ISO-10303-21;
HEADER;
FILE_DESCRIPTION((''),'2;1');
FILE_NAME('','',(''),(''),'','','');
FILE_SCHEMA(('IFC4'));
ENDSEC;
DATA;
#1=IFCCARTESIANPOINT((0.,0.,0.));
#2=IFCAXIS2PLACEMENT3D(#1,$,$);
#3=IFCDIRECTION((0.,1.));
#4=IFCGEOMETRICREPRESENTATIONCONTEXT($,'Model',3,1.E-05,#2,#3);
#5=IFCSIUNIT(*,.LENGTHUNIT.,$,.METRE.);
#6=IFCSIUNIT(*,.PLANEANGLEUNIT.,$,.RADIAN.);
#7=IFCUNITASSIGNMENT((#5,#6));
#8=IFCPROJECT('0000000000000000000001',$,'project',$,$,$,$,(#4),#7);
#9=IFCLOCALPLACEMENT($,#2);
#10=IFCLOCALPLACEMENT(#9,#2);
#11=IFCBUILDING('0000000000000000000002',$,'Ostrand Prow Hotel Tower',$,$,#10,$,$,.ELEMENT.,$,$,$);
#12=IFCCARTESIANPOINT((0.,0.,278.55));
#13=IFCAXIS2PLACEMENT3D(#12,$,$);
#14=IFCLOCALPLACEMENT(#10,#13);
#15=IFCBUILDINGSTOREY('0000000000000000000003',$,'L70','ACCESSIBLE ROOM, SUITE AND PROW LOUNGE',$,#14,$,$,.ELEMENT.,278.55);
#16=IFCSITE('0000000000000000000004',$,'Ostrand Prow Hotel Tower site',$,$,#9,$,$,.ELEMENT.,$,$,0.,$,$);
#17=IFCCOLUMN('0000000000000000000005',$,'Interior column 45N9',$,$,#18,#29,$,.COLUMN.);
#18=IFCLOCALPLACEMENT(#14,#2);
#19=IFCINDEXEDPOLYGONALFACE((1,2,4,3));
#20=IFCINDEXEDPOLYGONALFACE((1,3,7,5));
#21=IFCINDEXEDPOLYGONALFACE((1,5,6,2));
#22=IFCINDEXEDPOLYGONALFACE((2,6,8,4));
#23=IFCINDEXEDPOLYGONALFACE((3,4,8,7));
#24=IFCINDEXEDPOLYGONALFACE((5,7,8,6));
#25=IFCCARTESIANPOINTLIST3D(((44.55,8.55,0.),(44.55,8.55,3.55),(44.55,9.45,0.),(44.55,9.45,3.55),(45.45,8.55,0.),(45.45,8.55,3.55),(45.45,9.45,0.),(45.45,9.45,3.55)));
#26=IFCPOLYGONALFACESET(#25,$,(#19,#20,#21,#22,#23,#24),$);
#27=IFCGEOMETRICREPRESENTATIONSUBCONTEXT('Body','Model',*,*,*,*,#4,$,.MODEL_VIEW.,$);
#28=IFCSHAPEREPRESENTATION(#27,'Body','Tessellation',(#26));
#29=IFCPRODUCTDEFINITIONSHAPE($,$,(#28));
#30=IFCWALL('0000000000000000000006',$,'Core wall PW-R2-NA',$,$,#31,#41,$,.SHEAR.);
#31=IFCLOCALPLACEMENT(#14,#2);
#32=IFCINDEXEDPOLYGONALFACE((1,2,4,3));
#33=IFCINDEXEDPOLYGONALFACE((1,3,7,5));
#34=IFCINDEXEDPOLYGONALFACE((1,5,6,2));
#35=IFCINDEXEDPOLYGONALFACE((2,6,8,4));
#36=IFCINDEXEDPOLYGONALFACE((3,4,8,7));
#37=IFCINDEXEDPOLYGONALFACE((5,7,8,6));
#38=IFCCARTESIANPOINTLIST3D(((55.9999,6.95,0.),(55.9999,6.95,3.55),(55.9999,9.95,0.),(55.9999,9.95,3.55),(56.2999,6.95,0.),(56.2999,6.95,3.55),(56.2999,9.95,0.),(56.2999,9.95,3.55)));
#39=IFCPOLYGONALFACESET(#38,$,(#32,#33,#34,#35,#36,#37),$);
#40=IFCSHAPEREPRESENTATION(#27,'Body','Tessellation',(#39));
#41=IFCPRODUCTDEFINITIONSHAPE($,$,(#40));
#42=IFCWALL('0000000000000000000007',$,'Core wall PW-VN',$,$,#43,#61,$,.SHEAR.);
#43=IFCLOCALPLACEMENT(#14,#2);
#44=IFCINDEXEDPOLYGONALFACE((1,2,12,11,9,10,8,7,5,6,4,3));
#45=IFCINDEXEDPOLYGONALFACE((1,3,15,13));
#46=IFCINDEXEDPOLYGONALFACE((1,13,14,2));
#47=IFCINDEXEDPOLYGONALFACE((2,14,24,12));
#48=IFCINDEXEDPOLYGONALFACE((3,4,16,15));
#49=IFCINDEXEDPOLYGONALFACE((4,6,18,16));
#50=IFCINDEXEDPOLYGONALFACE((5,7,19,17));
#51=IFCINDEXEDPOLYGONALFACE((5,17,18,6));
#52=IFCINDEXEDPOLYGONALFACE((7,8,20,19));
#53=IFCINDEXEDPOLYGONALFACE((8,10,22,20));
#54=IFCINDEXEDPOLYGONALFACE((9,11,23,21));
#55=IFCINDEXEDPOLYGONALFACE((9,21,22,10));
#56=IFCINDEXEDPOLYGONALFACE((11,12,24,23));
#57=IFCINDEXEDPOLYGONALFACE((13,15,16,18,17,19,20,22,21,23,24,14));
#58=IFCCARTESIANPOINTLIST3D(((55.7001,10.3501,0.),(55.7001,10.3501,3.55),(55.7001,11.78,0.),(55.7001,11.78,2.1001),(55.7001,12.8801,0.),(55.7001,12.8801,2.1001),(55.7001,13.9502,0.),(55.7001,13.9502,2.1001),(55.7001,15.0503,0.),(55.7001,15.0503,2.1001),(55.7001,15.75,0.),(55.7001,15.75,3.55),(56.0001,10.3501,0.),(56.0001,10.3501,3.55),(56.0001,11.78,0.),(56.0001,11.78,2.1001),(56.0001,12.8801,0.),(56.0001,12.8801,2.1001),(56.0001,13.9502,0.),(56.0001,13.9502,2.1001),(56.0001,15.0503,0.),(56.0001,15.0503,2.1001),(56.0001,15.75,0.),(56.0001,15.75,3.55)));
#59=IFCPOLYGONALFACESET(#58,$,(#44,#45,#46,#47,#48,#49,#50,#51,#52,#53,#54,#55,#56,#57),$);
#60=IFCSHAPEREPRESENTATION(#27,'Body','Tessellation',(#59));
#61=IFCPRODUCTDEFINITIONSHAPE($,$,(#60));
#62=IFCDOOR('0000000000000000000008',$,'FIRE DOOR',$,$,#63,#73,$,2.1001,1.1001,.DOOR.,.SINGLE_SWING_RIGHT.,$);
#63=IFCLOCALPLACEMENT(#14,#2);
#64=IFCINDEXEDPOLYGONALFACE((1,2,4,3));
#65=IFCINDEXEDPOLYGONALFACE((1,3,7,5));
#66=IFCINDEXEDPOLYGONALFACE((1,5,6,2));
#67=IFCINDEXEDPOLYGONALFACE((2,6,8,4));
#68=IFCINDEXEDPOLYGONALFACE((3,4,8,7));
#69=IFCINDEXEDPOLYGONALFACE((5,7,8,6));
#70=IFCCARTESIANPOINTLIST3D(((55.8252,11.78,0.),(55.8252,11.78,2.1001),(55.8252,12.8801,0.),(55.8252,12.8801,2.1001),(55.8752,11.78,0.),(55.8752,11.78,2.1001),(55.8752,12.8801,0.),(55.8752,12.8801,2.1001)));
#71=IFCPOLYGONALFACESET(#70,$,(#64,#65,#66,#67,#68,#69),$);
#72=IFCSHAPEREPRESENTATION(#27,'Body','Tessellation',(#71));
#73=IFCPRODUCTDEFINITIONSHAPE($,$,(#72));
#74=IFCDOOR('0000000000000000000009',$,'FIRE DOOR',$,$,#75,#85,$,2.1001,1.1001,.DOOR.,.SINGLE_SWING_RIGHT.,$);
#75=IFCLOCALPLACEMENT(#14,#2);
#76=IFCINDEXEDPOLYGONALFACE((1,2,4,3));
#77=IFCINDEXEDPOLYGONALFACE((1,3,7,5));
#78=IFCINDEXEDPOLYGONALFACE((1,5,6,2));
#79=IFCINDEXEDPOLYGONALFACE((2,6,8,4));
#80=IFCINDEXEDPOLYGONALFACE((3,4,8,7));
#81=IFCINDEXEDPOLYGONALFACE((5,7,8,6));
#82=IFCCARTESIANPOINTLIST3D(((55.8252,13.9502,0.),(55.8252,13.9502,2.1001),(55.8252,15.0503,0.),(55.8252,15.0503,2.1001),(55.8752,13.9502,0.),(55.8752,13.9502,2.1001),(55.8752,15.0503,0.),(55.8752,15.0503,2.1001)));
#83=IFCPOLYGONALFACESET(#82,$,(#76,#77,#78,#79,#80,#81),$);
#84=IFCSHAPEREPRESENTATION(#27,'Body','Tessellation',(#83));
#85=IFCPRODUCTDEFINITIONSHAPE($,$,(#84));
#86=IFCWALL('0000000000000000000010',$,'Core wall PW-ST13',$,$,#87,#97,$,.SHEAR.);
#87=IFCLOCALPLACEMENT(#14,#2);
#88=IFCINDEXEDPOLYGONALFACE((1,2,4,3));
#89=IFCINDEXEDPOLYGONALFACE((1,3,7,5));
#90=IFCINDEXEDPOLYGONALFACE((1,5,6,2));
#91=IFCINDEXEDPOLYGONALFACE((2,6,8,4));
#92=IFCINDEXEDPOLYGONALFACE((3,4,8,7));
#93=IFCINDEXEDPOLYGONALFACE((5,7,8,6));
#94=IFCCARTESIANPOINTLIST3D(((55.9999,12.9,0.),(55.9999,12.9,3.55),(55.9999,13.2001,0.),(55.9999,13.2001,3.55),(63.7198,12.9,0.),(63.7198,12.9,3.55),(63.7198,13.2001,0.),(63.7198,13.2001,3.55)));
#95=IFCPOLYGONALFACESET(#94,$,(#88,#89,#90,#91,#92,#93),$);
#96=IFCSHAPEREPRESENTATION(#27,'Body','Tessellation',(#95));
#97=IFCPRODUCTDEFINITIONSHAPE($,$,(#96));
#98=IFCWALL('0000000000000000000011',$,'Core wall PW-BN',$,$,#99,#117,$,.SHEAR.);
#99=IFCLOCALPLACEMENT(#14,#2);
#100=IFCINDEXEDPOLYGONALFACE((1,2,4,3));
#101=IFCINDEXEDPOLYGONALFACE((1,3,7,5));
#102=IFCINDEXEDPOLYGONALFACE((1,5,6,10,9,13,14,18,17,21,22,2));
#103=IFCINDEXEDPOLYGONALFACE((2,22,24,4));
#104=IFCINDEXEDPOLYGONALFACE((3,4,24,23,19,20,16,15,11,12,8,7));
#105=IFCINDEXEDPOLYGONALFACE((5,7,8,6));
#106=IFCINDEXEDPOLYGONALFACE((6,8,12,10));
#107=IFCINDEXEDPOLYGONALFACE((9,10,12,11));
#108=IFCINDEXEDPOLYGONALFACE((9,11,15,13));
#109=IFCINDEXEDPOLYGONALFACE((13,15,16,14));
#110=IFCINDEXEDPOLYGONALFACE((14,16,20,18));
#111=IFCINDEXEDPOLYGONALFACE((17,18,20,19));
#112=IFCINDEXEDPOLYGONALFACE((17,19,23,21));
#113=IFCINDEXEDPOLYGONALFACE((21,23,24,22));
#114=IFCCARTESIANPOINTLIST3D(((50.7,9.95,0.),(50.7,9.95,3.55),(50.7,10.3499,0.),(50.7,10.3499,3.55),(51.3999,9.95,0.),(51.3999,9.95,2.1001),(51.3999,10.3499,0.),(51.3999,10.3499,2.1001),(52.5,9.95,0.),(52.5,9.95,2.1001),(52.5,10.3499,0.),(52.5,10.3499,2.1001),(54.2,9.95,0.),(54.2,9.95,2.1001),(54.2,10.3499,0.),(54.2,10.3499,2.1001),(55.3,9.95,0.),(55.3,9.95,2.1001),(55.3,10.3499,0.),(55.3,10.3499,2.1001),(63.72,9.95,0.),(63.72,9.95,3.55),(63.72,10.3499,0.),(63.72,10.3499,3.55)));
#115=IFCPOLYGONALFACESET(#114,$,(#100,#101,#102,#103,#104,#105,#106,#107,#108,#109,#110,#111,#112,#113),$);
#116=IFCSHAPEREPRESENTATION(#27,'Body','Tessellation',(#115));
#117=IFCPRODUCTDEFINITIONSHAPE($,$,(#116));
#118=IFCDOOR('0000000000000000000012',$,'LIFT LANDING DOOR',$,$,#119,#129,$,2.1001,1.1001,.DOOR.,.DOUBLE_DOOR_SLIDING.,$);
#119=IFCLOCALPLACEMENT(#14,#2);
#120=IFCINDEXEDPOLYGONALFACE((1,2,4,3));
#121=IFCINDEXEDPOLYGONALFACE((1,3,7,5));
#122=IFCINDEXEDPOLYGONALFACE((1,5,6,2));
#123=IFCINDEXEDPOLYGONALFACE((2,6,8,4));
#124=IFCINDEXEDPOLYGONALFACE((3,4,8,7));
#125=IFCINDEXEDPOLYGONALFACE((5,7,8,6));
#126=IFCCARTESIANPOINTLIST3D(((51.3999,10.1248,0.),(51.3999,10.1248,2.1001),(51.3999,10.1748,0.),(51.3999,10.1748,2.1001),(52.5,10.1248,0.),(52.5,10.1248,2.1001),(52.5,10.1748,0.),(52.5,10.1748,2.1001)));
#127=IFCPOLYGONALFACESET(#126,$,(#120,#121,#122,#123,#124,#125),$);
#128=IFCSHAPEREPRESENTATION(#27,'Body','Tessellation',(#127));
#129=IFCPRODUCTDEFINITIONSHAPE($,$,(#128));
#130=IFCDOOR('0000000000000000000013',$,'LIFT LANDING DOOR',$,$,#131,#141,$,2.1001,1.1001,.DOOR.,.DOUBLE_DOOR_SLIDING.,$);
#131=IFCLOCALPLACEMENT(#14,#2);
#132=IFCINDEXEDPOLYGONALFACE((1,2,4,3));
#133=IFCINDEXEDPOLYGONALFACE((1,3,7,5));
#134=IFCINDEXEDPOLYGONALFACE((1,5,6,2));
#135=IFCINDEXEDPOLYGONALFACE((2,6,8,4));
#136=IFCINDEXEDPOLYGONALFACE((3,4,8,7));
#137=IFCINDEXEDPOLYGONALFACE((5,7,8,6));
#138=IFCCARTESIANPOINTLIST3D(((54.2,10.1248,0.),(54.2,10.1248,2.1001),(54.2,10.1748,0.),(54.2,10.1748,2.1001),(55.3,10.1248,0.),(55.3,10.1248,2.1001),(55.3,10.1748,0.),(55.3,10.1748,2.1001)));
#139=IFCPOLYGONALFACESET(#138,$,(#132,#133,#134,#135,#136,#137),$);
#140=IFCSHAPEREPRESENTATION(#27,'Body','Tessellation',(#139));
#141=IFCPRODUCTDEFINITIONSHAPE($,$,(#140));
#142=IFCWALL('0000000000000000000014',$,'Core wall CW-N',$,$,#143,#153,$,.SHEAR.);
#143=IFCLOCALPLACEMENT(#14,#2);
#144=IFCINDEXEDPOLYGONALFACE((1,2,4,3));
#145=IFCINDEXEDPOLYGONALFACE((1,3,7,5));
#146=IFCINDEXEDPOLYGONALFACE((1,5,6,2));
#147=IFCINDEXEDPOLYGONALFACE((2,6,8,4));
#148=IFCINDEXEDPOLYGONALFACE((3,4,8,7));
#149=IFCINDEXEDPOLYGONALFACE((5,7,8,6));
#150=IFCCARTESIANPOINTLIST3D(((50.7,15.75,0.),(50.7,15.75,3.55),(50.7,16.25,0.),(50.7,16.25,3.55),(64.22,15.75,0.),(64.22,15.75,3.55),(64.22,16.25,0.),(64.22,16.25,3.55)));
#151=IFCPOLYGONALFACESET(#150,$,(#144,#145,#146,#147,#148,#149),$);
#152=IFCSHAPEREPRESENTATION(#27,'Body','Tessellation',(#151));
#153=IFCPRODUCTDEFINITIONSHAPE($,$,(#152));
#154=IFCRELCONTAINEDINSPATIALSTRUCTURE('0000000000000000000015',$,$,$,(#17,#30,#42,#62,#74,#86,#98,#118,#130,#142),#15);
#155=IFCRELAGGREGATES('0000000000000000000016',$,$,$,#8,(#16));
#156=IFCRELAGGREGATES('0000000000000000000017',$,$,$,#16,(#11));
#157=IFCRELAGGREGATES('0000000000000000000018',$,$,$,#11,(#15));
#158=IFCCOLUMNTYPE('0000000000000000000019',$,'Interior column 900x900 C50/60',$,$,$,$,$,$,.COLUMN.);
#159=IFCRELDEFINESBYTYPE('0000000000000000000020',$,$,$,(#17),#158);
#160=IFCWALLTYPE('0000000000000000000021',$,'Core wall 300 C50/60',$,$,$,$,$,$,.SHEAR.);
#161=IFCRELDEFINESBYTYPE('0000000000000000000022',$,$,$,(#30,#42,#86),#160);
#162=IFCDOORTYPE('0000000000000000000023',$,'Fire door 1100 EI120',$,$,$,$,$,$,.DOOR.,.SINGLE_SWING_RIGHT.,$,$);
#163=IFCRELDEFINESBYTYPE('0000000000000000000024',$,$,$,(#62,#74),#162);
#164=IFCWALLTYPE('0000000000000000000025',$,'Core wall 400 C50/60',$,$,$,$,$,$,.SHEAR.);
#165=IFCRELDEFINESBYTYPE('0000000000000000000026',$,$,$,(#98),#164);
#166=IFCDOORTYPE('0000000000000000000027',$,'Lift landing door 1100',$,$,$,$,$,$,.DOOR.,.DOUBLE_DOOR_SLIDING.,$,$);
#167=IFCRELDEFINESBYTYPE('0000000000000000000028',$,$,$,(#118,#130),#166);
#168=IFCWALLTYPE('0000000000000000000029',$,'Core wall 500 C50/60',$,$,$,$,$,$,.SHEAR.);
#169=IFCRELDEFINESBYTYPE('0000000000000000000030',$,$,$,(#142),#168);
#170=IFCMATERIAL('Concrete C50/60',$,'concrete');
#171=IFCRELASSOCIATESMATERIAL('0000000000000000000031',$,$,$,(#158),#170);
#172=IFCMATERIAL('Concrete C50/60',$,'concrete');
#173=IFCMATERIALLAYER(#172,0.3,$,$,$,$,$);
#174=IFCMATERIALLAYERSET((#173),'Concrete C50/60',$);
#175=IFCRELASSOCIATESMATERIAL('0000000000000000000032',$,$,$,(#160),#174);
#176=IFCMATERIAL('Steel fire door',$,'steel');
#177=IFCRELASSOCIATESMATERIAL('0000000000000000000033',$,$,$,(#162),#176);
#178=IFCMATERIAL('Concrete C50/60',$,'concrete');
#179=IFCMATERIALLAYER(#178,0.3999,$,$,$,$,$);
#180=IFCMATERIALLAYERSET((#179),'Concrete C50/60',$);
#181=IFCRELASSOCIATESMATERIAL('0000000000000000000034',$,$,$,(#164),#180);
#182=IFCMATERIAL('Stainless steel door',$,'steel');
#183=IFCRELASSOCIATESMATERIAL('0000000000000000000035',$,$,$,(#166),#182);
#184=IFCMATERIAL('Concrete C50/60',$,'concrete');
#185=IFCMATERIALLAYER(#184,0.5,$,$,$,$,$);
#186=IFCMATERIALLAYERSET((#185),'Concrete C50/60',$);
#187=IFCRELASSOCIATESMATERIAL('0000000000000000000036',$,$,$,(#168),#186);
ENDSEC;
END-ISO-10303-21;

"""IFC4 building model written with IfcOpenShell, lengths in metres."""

from ifc_helpers import new_model, si_unit, direction, frame, frame_2d, origin, origin_2d, place, context, subcontext, project, spatial, rectangle, extrude, material, layer, layer_set, material_profile, profile_set, type_object, element, fill, save


model = new_model("IFC4")

# Units and contexts
model_context = context("Model", 3, precision=1e-05, world=origin(), true_north=direction((0.0, 1.0)))
body_context = subcontext(model_context, "Body", "Model", "MODEL_VIEW")
ifc_project = project(units=[si_unit("LENGTHUNIT", "METRE"), si_unit("PLANEANGLEUNIT", "RADIAN")], contexts=[model_context])

# Site, building, storey
site_placement = place(None, origin())
site = spatial("IfcSite", under=ifc_project, at=site_placement, Name="Ostrand Prow Hotel Tower site", CompositionType="ELEMENT", RefElevation=0.0)
building_placement = place(site_placement, origin())
building = spatial("IfcBuilding", under=site, at=building_placement, Name="Ostrand Prow Hotel Tower", CompositionType="ELEMENT")
storey_placement = place(building_placement, frame((0.0, 0.0, 278.55)))
storey = spatial("IfcBuildingStorey", under=building, at=storey_placement, Name="L70", Description="ACCESSIBLE ROOM, SUITE AND PROW LOUNGE", CompositionType="ELEMENT", Elevation=278.55)

# Column
ifc_material_1 = material(Name="Concrete C50/60", Category="concrete")
ifc_material_profile = material_profile(ifc_material_1, rectangle(XDim=0.8999, YDim=0.8999, at=origin_2d()), Name="RC 900x900")
ifc_profile_set = profile_set([ifc_material_profile], Name="Concrete C50/60")
column_type = type_object("IfcColumnType", Name="Interior column 900x900 C50/60", PredefinedType="COLUMN", material=ifc_profile_set)
column_placement = place(storey_placement, frame((45.0, 9.0, 0.0), z_axis=(0.0, 0.0, 1.0), x_axis=(1.0, 0.0, 0.0)))
element("IfcColumn", 1, at=column_placement, inside=storey, type_object=column_type, Name="Interior column 45N9", PredefinedType="COLUMN", context=body_context, shape_type="SweptSolid", body=[
    extrude(rectangle(XDim=0.8999, YDim=0.8999, at=origin_2d()), origin(), (0.0, 0.0, 1.0), 3.55),
])

# Wall
ifc_material_2 = material(Name="Concrete C50/60", Category="concrete")
ifc_layer_1 = layer(ifc_material_2, 0.3)
ifc_layer_set_1 = layer_set([ifc_layer_1], Name="Concrete C50/60")
wall_type_1 = type_object("IfcWallType", Name="Core wall 300 C50/60", PredefinedType="SHEAR", material=ifc_layer_set_1)
wall_1_placement = place(storey_placement, frame((56.1499, 6.95, 0.0), z_axis=(0.0, 0.0, 1.0), x_axis=(0.0, 1.0, 0.0)))
element("IfcWall", 2, at=wall_1_placement, inside=storey, type_object=wall_type_1, Name="Core wall PW-R2-NA", PredefinedType="SHEAR", context=body_context, shape_type="SweptSolid", body=[
    extrude(rectangle(XDim=3.0, YDim=0.3, at=frame_2d((1.5, 0.0))), origin(), (0.0, 0.0, 1.0), 3.55),
])

# Wall, openings, doors
wall_2_placement = place(storey_placement, frame((55.8501, 10.3501, 0.0), z_axis=(0.0, 0.0, 1.0), x_axis=(0.0, 1.0, 0.0)))
wall_2 = element("IfcWall", 3, at=wall_2_placement, inside=storey, type_object=wall_type_1, Name="Core wall PW-VN", PredefinedType="SHEAR", context=body_context, shape_type="SweptSolid", body=[
    extrude(rectangle(XDim=5.3999, YDim=0.3, at=frame_2d((2.7, 0.0))), origin(), (0.0, 0.0, 1.0), 3.55),
])
opening_1_placement = place(wall_2_placement, frame((1.4299, 0.0, 0.0)))
opening_1 = element("IfcOpeningElement", 4, at=opening_1_placement, cuts=wall_2, PredefinedType="OPENING", context=body_context, shape_type="SweptSolid", body=[
    extrude(rectangle(XDim=1.1001, YDim=2.1001, at=frame_2d((0.55, 1.05))), frame((0.0, 0.1599, 0.0), z_axis=(0.0, -1.0, 0.0), x_axis=(1.0, 0.0, 0.0)), (0.0, 0.0, 1.0), 0.3201),
])
opening_2_placement = place(wall_2_placement, frame((3.6001, 0.0, 0.0)))
opening_2 = element("IfcOpeningElement", 5, at=opening_2_placement, cuts=wall_2, PredefinedType="OPENING", context=body_context, shape_type="SweptSolid", body=[
    extrude(rectangle(XDim=1.1001, YDim=2.1001, at=frame_2d((0.55, 1.05))), frame((0.0, 0.1599, 0.0), z_axis=(0.0, -1.0, 0.0), x_axis=(1.0, 0.0, 0.0)), (0.0, 0.0, 1.0), 0.3201),
])
ifc_material_3 = material(Name="Steel fire door", Category="steel")
door_type_1 = type_object("IfcDoorType", Name="Fire door 1100 EI120", OperationType="SINGLE_SWING_RIGHT", PredefinedType="DOOR", material=ifc_material_3)
door_1_placement = place(opening_1_placement, origin())
door_1 = element("IfcDoor", 6, at=door_1_placement, inside=storey, type_object=door_type_1, Name="FIRE DOOR", OperationType="SINGLE_SWING_RIGHT", OverallHeight=2.1001, OverallWidth=1.1001, PredefinedType="DOOR", context=body_context, shape_type="SweptSolid", body=[
    extrude(rectangle(XDim=1.1001, YDim=2.1001, at=frame_2d((0.55, 1.05))), frame((0.0, 0.0249, 0.0), z_axis=(0.0, -1.0, 0.0), x_axis=(1.0, 0.0, 0.0)), (0.0, 0.0, 1.0), 0.05),
])
fill(opening_1, door_1)
door_2_placement = place(opening_2_placement, origin())
door_2 = element("IfcDoor", 7, at=door_2_placement, inside=storey, type_object=door_type_1, Name="FIRE DOOR", OperationType="SINGLE_SWING_RIGHT", OverallHeight=2.1001, OverallWidth=1.1001, PredefinedType="DOOR", context=body_context, shape_type="SweptSolid", body=[
    extrude(rectangle(XDim=1.1001, YDim=2.1001, at=frame_2d((0.55, 1.05))), frame((0.0, 0.0249, 0.0), z_axis=(0.0, -1.0, 0.0), x_axis=(1.0, 0.0, 0.0)), (0.0, 0.0, 1.0), 0.05),
])
fill(opening_2, door_2)

# Wall
wall_3_placement = place(storey_placement, frame((56.0, 13.05, 0.0), z_axis=(0.0, 0.0, 1.0), x_axis=(1.0, 0.0, 0.0)))
element("IfcWall", 8, at=wall_3_placement, inside=storey, type_object=wall_type_1, Name="Core wall PW-ST13", PredefinedType="SHEAR", context=body_context, shape_type="SweptSolid", body=[
    extrude(rectangle(XDim=7.72, YDim=0.3, at=frame_2d((3.8599, 0.0))), origin(), (0.0, 0.0, 1.0), 3.55),
])

# Wall, openings, doors
ifc_material_4 = material(Name="Concrete C50/60", Category="concrete")
ifc_layer_2 = layer(ifc_material_4, 0.3999)
ifc_layer_set_2 = layer_set([ifc_layer_2], Name="Concrete C50/60")
wall_type_2 = type_object("IfcWallType", Name="Core wall 400 C50/60", PredefinedType="SHEAR", material=ifc_layer_set_2)
wall_4_placement = place(storey_placement, frame((50.7, 10.1499, 0.0), z_axis=(0.0, 0.0, 1.0), x_axis=(1.0, 0.0, 0.0)))
wall_4 = element("IfcWall", 9, at=wall_4_placement, inside=storey, type_object=wall_type_2, Name="Core wall PW-BN", PredefinedType="SHEAR", context=body_context, shape_type="SweptSolid", body=[
    extrude(rectangle(XDim=13.02, YDim=0.3999, at=frame_2d((6.51, 0.0))), origin(), (0.0, 0.0, 1.0), 3.55),
])
opening_3_placement = place(wall_4_placement, frame((0.7, 0.0, 0.0)))
opening_3 = element("IfcOpeningElement", 10, at=opening_3_placement, cuts=wall_4, PredefinedType="OPENING", context=body_context, shape_type="SweptSolid", body=[
    extrude(rectangle(XDim=1.1001, YDim=2.1001, at=frame_2d((0.55, 1.05))), frame((0.0, 0.21, 0.0), z_axis=(0.0, -1.0, 0.0), x_axis=(1.0, 0.0, 0.0)), (0.0, 0.0, 1.0), 0.4199),
])
opening_4_placement = place(wall_4_placement, frame((3.5, 0.0, 0.0)))
opening_4 = element("IfcOpeningElement", 11, at=opening_4_placement, cuts=wall_4, PredefinedType="OPENING", context=body_context, shape_type="SweptSolid", body=[
    extrude(rectangle(XDim=1.1001, YDim=2.1001, at=frame_2d((0.55, 1.05))), frame((0.0, 0.21, 0.0), z_axis=(0.0, -1.0, 0.0), x_axis=(1.0, 0.0, 0.0)), (0.0, 0.0, 1.0), 0.4199),
])
ifc_material_5 = material(Name="Stainless steel door", Category="steel")
door_type_2 = type_object("IfcDoorType", Name="Lift landing door 1100", OperationType="DOUBLE_DOOR_SLIDING", PredefinedType="DOOR", material=ifc_material_5)
door_3_placement = place(opening_3_placement, origin())
door_3 = element("IfcDoor", 12, at=door_3_placement, inside=storey, type_object=door_type_2, Name="LIFT LANDING DOOR", OperationType="DOUBLE_DOOR_SLIDING", OverallHeight=2.1001, OverallWidth=1.1001, PredefinedType="DOOR", context=body_context, shape_type="SweptSolid", body=[
    extrude(rectangle(XDim=1.1001, YDim=2.1001, at=frame_2d((0.55, 1.05))), frame((0.0, 0.0249, 0.0), z_axis=(0.0, -1.0, 0.0), x_axis=(1.0, 0.0, 0.0)), (0.0, 0.0, 1.0), 0.05),
])
fill(opening_3, door_3)
door_4_placement = place(opening_4_placement, origin())
door_4 = element("IfcDoor", 13, at=door_4_placement, inside=storey, type_object=door_type_2, Name="LIFT LANDING DOOR", OperationType="DOUBLE_DOOR_SLIDING", OverallHeight=2.1001, OverallWidth=1.1001, PredefinedType="DOOR", context=body_context, shape_type="SweptSolid", body=[
    extrude(rectangle(XDim=1.1001, YDim=2.1001, at=frame_2d((0.55, 1.05))), frame((0.0, 0.0249, 0.0), z_axis=(0.0, -1.0, 0.0), x_axis=(1.0, 0.0, 0.0)), (0.0, 0.0, 1.0), 0.05),
])
fill(opening_4, door_4)

# Wall
ifc_material_6 = material(Name="Concrete C50/60", Category="concrete")
ifc_layer_3 = layer(ifc_material_6, 0.5)
ifc_layer_set_3 = layer_set([ifc_layer_3], Name="Concrete C50/60")
wall_type_3 = type_object("IfcWallType", Name="Core wall 500 C50/60", PredefinedType="SHEAR", material=ifc_layer_set_3)
wall_5_placement = place(storey_placement, frame((50.7, 16.0, 0.0), z_axis=(0.0, 0.0, 1.0), x_axis=(1.0, 0.0, 0.0)))
element("IfcWall", 14, at=wall_5_placement, inside=storey, type_object=wall_type_3, Name="Core wall CW-N", PredefinedType="SHEAR", context=body_context, shape_type="SweptSolid", body=[
    extrude(rectangle(XDim=13.52, YDim=0.5, at=frame_2d((6.76, 0.0))), origin(), (0.0, 0.0, 1.0), 3.55),
])

save(model, "model.ifc")
